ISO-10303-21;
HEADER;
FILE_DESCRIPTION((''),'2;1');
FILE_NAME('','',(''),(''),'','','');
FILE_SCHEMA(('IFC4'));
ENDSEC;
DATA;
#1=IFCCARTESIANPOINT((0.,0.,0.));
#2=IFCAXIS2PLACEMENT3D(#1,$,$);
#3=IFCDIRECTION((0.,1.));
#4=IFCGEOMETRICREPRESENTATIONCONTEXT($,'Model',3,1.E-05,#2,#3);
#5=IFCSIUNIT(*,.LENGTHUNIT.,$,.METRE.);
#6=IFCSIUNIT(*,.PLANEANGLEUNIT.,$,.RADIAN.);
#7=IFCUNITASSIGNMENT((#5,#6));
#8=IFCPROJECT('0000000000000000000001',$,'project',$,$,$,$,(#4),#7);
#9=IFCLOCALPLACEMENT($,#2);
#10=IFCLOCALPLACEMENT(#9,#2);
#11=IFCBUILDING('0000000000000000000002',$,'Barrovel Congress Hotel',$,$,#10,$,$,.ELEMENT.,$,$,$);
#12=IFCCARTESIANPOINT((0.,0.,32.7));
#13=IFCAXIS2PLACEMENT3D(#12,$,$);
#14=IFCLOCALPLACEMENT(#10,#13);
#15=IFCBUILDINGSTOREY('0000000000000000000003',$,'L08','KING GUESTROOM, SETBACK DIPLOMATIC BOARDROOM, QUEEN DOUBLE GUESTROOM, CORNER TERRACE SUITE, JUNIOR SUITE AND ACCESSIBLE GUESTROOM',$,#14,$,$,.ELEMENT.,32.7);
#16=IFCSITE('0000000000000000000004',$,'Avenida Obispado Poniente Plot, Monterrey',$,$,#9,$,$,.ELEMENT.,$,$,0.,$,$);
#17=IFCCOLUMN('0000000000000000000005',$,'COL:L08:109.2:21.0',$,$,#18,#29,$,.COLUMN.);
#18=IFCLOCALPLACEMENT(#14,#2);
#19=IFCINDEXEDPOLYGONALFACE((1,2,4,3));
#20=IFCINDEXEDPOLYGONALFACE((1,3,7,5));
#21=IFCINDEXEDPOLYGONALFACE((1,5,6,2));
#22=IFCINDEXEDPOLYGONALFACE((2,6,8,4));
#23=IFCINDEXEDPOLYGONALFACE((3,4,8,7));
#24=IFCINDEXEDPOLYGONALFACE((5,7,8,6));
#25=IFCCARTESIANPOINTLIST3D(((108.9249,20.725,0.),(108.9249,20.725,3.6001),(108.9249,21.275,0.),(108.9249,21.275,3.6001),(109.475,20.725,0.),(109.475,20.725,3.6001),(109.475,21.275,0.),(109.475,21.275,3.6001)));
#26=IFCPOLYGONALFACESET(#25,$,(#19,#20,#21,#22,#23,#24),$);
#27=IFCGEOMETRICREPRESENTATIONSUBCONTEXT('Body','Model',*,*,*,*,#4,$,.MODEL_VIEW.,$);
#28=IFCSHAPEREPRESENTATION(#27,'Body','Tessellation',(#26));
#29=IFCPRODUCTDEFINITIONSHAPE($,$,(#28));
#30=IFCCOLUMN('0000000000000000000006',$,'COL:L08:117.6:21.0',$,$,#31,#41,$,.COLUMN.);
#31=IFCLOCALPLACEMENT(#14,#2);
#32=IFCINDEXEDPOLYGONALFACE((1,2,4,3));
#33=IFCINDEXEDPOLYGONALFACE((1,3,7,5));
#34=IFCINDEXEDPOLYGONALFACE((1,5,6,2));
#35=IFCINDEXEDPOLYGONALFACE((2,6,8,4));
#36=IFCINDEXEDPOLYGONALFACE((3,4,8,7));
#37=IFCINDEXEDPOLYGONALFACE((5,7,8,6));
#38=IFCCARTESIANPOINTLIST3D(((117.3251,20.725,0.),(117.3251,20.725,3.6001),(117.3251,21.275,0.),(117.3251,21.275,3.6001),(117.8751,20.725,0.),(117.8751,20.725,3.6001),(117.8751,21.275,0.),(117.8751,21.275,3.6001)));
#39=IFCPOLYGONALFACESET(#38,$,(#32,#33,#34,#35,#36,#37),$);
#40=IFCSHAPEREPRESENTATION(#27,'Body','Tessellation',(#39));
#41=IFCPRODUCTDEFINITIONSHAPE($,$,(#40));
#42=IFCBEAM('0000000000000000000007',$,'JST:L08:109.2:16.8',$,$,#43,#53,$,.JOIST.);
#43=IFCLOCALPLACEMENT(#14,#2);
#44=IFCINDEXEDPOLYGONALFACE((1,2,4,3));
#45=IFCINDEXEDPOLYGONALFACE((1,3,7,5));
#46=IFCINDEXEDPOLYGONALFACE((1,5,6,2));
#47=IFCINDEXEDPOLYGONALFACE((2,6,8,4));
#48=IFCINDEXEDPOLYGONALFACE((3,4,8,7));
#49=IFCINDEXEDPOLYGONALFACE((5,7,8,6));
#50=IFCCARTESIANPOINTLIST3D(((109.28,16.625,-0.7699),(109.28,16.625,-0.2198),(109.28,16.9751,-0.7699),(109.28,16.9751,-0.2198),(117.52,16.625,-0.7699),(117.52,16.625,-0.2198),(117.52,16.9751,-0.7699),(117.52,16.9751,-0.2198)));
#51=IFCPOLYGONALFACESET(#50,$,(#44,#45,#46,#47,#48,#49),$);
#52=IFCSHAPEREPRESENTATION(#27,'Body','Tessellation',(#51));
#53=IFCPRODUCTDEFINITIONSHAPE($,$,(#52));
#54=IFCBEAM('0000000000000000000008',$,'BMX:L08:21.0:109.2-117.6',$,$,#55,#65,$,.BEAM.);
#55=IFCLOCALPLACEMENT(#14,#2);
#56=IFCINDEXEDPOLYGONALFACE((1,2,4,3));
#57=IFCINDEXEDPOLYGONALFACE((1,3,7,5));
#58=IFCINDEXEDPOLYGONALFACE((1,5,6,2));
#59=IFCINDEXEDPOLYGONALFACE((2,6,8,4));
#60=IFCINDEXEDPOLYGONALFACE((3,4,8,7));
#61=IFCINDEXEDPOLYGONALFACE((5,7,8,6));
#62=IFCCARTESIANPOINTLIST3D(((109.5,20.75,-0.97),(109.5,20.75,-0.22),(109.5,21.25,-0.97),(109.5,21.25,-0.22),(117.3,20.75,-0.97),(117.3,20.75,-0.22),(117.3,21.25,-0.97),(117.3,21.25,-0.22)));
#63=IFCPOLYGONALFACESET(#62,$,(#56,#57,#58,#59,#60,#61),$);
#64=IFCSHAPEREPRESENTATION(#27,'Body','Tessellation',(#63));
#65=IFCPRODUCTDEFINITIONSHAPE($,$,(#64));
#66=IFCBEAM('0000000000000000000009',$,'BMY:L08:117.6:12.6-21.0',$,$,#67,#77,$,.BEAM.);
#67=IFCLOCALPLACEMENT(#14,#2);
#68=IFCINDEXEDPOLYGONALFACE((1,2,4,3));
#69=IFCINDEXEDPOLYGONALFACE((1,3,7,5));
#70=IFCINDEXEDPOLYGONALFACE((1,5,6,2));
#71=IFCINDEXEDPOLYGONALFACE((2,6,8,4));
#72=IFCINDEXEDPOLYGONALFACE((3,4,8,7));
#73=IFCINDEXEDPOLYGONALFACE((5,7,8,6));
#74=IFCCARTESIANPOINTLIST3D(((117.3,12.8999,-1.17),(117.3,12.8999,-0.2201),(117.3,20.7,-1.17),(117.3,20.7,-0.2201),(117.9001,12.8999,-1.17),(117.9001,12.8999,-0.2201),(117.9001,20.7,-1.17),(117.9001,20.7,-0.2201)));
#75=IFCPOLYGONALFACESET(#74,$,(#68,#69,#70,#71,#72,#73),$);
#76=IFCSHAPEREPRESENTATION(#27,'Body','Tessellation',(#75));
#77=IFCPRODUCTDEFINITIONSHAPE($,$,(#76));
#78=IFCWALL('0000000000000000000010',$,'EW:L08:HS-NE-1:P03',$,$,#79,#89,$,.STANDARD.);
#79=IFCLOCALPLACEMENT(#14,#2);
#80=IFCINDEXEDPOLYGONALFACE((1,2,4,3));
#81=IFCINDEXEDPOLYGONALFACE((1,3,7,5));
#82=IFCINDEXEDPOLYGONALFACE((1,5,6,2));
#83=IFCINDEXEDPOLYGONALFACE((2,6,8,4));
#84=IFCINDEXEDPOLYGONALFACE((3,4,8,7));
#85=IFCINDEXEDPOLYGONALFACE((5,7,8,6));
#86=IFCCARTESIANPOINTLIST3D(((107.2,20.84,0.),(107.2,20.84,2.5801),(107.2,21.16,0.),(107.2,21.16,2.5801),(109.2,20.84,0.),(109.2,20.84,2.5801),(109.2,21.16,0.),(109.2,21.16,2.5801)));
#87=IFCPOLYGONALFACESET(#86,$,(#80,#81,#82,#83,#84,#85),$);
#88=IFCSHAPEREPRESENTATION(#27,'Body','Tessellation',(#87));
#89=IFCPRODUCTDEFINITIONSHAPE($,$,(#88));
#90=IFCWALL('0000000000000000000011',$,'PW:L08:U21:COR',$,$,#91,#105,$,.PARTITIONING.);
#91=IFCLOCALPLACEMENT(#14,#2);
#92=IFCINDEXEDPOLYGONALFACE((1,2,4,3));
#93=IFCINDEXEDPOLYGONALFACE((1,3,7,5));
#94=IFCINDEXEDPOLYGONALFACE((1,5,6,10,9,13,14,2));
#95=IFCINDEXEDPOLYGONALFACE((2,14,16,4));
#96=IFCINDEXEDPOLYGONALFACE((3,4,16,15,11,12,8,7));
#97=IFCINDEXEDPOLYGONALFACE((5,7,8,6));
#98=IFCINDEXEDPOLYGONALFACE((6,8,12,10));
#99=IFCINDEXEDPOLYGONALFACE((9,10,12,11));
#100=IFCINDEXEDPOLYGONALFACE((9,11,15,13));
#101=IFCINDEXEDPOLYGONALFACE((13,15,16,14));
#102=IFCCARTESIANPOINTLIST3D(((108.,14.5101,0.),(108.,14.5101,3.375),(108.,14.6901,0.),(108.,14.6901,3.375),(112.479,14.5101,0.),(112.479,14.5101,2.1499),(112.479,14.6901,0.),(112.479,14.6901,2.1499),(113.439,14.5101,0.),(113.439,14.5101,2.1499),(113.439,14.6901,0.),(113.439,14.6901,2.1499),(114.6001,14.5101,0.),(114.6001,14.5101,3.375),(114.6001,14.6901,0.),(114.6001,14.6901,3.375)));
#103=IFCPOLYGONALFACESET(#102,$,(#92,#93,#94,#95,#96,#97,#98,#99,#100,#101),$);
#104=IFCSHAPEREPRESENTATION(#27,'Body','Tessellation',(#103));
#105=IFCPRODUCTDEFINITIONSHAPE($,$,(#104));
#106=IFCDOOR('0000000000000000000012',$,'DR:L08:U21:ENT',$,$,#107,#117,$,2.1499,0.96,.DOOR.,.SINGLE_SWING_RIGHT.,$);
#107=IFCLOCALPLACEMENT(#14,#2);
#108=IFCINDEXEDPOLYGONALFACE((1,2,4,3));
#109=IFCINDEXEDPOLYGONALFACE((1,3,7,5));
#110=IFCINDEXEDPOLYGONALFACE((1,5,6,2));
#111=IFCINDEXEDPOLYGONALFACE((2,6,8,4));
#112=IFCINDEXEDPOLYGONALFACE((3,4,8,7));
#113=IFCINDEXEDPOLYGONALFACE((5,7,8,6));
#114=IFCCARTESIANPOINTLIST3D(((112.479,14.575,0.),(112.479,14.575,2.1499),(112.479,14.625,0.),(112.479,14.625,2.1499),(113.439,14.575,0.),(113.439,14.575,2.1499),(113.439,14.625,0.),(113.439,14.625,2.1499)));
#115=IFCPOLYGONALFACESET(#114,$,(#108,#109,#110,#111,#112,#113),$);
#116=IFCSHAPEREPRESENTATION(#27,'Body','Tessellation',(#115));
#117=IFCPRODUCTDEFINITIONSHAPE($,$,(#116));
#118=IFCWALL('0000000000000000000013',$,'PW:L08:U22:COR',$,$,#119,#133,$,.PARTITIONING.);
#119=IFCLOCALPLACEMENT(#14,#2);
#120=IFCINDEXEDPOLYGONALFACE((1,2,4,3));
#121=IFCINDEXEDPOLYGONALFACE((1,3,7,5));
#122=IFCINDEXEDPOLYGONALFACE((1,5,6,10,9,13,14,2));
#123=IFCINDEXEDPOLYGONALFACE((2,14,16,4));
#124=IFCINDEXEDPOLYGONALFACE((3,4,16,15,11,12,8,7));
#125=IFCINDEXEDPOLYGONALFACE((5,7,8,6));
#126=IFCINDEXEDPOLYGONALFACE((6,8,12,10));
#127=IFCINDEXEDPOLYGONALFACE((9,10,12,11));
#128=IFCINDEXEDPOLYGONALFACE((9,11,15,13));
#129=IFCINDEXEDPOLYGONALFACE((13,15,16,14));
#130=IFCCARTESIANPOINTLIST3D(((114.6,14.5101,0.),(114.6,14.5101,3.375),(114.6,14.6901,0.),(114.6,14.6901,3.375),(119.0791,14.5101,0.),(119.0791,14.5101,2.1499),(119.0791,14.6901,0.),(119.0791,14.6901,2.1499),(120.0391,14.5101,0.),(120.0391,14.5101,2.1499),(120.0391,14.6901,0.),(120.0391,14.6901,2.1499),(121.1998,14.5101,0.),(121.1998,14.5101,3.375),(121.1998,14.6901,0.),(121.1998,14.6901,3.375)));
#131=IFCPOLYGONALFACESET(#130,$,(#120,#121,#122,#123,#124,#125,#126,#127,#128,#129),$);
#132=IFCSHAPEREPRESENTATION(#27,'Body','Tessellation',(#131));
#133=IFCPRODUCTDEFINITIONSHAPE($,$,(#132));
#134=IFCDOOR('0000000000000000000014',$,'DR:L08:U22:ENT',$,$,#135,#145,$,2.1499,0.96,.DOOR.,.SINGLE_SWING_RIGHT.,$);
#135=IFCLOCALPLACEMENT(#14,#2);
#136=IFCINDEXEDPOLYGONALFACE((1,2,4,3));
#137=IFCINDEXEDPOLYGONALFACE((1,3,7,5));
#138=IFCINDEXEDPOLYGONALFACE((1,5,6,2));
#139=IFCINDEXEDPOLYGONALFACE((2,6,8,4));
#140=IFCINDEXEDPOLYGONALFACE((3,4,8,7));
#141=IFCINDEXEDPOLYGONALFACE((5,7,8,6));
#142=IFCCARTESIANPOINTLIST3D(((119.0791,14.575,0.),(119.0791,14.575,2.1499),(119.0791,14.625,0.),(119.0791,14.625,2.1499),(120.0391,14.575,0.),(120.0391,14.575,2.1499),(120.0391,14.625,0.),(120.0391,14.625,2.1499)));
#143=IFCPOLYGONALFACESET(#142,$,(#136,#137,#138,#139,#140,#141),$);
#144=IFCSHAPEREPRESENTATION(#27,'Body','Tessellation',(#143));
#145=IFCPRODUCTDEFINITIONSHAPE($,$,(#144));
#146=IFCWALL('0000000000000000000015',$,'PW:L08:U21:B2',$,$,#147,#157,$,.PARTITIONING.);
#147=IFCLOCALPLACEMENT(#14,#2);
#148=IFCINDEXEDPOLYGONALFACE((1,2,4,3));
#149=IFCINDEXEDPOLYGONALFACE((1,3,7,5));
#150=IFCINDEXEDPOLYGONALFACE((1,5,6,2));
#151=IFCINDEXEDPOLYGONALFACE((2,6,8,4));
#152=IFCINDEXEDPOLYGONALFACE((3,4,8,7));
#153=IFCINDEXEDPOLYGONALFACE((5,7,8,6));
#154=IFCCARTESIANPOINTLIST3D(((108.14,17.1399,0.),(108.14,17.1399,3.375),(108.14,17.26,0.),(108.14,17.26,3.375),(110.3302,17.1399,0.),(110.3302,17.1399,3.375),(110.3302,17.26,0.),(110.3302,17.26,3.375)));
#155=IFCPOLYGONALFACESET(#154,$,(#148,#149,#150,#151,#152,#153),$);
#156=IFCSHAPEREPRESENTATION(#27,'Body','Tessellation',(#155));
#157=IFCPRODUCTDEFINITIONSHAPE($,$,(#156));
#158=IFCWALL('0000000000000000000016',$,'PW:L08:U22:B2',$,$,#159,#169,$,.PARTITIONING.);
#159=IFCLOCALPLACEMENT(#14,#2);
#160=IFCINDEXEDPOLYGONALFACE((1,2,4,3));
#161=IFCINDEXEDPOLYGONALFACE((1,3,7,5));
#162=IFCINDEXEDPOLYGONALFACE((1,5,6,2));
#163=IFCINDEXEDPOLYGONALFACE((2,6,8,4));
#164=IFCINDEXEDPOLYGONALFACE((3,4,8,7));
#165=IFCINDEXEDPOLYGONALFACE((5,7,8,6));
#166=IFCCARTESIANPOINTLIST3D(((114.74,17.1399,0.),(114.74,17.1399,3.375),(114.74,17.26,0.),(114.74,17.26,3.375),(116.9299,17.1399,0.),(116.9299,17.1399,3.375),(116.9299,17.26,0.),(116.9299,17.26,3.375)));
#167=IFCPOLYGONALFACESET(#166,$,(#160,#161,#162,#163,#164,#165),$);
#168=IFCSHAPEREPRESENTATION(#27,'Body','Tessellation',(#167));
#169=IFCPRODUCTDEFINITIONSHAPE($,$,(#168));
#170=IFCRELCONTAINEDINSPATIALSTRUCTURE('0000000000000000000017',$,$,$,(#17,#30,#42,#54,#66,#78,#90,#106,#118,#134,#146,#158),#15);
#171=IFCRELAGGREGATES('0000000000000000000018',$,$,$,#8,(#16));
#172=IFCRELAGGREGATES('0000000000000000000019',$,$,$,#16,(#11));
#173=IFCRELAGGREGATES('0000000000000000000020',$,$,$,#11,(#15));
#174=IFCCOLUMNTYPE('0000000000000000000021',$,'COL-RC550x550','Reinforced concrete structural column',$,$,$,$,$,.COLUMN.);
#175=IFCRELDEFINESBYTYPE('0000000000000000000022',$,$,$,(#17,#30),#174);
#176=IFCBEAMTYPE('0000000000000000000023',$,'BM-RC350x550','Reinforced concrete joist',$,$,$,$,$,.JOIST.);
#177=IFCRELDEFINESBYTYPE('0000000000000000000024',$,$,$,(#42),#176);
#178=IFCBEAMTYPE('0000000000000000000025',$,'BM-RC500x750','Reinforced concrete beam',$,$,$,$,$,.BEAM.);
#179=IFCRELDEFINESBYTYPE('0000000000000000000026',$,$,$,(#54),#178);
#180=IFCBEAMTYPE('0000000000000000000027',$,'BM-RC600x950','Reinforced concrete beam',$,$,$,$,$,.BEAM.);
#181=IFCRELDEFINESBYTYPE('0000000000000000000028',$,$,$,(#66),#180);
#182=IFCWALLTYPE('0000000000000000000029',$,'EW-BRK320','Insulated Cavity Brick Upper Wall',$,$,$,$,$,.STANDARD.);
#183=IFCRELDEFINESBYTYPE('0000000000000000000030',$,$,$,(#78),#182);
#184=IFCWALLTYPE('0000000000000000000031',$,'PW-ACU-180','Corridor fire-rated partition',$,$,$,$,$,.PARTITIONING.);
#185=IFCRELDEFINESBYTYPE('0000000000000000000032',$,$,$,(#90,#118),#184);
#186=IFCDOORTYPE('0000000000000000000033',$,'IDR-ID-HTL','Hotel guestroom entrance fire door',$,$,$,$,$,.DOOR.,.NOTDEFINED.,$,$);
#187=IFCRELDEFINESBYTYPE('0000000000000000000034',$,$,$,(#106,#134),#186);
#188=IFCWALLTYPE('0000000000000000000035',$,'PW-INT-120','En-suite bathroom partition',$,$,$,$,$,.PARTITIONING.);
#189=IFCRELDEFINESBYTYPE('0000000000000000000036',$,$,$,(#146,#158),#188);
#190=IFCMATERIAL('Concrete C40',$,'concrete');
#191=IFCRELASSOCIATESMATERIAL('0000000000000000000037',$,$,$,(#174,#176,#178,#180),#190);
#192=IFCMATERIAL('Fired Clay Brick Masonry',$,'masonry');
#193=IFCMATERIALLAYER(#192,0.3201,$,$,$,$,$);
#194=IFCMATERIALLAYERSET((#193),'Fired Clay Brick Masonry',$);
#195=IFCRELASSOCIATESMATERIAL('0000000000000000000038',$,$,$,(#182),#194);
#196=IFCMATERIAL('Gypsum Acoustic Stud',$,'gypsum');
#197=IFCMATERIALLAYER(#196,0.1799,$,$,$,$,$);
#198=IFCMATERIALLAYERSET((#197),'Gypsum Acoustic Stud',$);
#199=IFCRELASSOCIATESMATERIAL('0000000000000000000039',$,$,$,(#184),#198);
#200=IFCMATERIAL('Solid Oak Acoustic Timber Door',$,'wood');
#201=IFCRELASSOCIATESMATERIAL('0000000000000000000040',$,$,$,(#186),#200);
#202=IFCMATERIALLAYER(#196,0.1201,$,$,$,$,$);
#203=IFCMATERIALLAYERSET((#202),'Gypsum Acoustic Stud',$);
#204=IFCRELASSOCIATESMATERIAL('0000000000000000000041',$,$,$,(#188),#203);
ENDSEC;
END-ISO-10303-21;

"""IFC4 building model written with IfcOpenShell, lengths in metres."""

from ifc_helpers import new_model, si_unit, direction, frame, frame_2d, origin, origin_2d, place, context, subcontext, project, spatial, rectangle, extrude, material, layer, layer_set, material_profile, profile_set, type_object, element, fill, save


model = new_model("IFC4")

# Units and contexts
model_context = context("Model", 3, precision=1e-05, world=origin(), true_north=direction((0.0, 1.0)))
body_context = subcontext(model_context, "Body", "Model", "MODEL_VIEW")
ifc_project = project(units=[si_unit("LENGTHUNIT", "METRE"), si_unit("PLANEANGLEUNIT", "RADIAN")], contexts=[model_context])

# Site, building, storey
site_placement = place(None, origin())
site = spatial("IfcSite", under=ifc_project, at=site_placement, Name="Avenida Obispado Poniente Plot, Monterrey", CompositionType="ELEMENT", RefElevation=0.0)
building_placement = place(site_placement, origin())
building = spatial("IfcBuilding", under=site, at=building_placement, Name="Barrovel Congress Hotel", CompositionType="ELEMENT")
storey_placement = place(building_placement, frame((0.0, 0.0, 32.7)))
storey = spatial("IfcBuildingStorey", under=building, at=storey_placement, Name="L08", Description="KING GUESTROOM, SETBACK DIPLOMATIC BOARDROOM, QUEEN DOUBLE GUESTROOM, CORNER TERRACE SUITE, JUNIOR SUITE AND ACCESSIBLE GUESTROOM", CompositionType="ELEMENT", Elevation=32.7)

# Columns
ifc_material_1 = material(Name="Concrete C40", Category="concrete")
ifc_material_profile_1 = material_profile(ifc_material_1, rectangle(XDim=0.55, YDim=0.55, at=origin_2d()), Name="RC550x550")
ifc_profile_set_1 = profile_set([ifc_material_profile_1], Name="Concrete C40")
column_type = type_object("IfcColumnType", Name="COL-RC550x550", Description="Reinforced concrete structural column", PredefinedType="COLUMN", material=ifc_profile_set_1)
for number, where, z_axis, x_axis, name in (
    (1, (109.2, 21.0, 0.0), (0.0, 0.0, 1.0), (1.0, 0.0, 0.0), "COL:L08:109.2:21.0"),
    (2, (117.6001, 21.0, 0.0), (0.0, 0.0, 1.0), (1.0, 0.0, 0.0), "COL:L08:117.6:21.0"),
):
    element("IfcColumn", number, at=place(storey_placement, frame(where, z_axis=z_axis, x_axis=x_axis)), inside=storey, type_object=column_type, Name=name, PredefinedType="COLUMN", context=body_context, shape_type="SweptSolid", body=[
        extrude(rectangle(XDim=0.55, YDim=0.55, at=origin_2d()), origin(), (0.0, 0.0, 1.0), 3.6001),
    ])

# Beams
ifc_material_profile_2 = material_profile(ifc_material_1, rectangle(XDim=0.3501, YDim=0.55, at=origin_2d()), Name="RC350x550")
ifc_profile_set_2 = profile_set([ifc_material_profile_2], Name="Concrete C40")
beam_type_1 = type_object("IfcBeamType", Name="BM-RC350x550", Description="Reinforced concrete joist", PredefinedType="JOIST", material=ifc_profile_set_2)
beam_1_placement = place(storey_placement, frame((109.28, 16.8, -0.4949), z_axis=(1.0, 0.0, 0.0), x_axis=(0.0, 1.0, 0.0)))
element("IfcBeam", 3, at=beam_1_placement, inside=storey, type_object=beam_type_1, Name="JST:L08:109.2:16.8", PredefinedType="JOIST", context=body_context, shape_type="SweptSolid", body=[
    extrude(rectangle(XDim=0.3501, YDim=0.55, at=origin_2d()), origin(), (0.0, 0.0, 1.0), 8.24),
])
ifc_material_profile_3 = material_profile(ifc_material_1, rectangle(XDim=0.5, YDim=0.75, at=origin_2d()), Name="RC500x750")
ifc_profile_set_3 = profile_set([ifc_material_profile_3], Name="Concrete C40")
beam_type_2 = type_object("IfcBeamType", Name="BM-RC500x750", Description="Reinforced concrete beam", PredefinedType="BEAM", material=ifc_profile_set_3)
beam_2_placement = place(storey_placement, frame((109.5, 21.0, -0.595), z_axis=(1.0, 0.0, 0.0), x_axis=(0.0, 1.0, 0.0)))
element("IfcBeam", 4, at=beam_2_placement, inside=storey, type_object=beam_type_2, Name="BMX:L08:21.0:109.2-117.6", PredefinedType="BEAM", context=body_context, shape_type="SweptSolid", body=[
    extrude(rectangle(XDim=0.5, YDim=0.75, at=origin_2d()), origin(), (0.0, 0.0, 1.0), 7.8),
])
ifc_material_profile_4 = material_profile(ifc_material_1, rectangle(XDim=0.6001, YDim=0.95, at=origin_2d()), Name="RC600x950")
ifc_profile_set_4 = profile_set([ifc_material_profile_4], Name="Concrete C40")
beam_type_3 = type_object("IfcBeamType", Name="BM-RC600x950", Description="Reinforced concrete beam", PredefinedType="BEAM", material=ifc_profile_set_4)
beam_3_placement = place(storey_placement, frame((117.6001, 12.8999, -0.6951), z_axis=(0.0, 1.0, 0.0), x_axis=(-1.0, 0.0, 0.0)))
element("IfcBeam", 5, at=beam_3_placement, inside=storey, type_object=beam_type_3, Name="BMY:L08:117.6:12.6-21.0", PredefinedType="BEAM", context=body_context, shape_type="SweptSolid", body=[
    extrude(rectangle(XDim=0.6001, YDim=0.95, at=origin_2d()), origin(), (0.0, 0.0, 1.0), 7.8),
])

# Wall
ifc_material_2 = material(Name="Fired Clay Brick Masonry", Category="masonry")
ifc_layer_1 = layer(ifc_material_2, 0.3201)
ifc_layer_set_1 = layer_set([ifc_layer_1], Name="Fired Clay Brick Masonry")
wall_type_1 = type_object("IfcWallType", Name="EW-BRK320", Description="Insulated Cavity Brick Upper Wall", PredefinedType="STANDARD", material=ifc_layer_set_1)
wall_1_placement = place(storey_placement, frame((109.2, 21.0, 0.0), z_axis=(0.0, 0.0, 1.0), x_axis=(-1.0, 0.0, 0.0)))
element("IfcWall", 6, at=wall_1_placement, inside=storey, type_object=wall_type_1, Name="EW:L08:HS-NE-1:P03", PredefinedType="STANDARD", context=body_context, shape_type="SweptSolid", body=[
    extrude(rectangle(XDim=2.0, YDim=0.3201, at=frame_2d((1.0, 0.0))), origin(), (0.0, 0.0, 1.0), 2.5801),
])

# Walls, openings, doors
ifc_material_3 = material(Name="Gypsum Acoustic Stud", Category="gypsum")
ifc_layer_2 = layer(ifc_material_3, 0.1799)
ifc_layer_set_2 = layer_set([ifc_layer_2], Name="Gypsum Acoustic Stud")
wall_type_2 = type_object("IfcWallType", Name="PW-ACU-180", Description="Corridor fire-rated partition", PredefinedType="PARTITIONING", material=ifc_layer_set_2)
wall_2_placement = place(storey_placement, frame((108.0, 14.6001, 0.0), z_axis=(0.0, 0.0, 1.0), x_axis=(1.0, 0.0, 0.0)))
wall_2 = element("IfcWall", 7, at=wall_2_placement, inside=storey, type_object=wall_type_2, Name="PW:L08:U21:COR", PredefinedType="PARTITIONING", context=body_context, shape_type="SweptSolid", body=[
    extrude(rectangle(XDim=6.6001, YDim=0.1799, at=frame_2d((3.3, 0.0))), origin(), (0.0, 0.0, 1.0), 3.375),
])
opening_1_placement = place(wall_2_placement, frame((4.479, 0.0, 0.0)))
opening_1 = element("IfcOpeningElement", 8, at=opening_1_placement, cuts=wall_2, PredefinedType="OPENING", context=body_context, shape_type="SweptSolid", body=[
    extrude(rectangle(XDim=0.96, YDim=2.1499, at=frame_2d((0.48, 1.075))), frame((0.0, 0.1001, 0.0), z_axis=(0.0, -1.0, 0.0), x_axis=(1.0, 0.0, 0.0)), (0.0, 0.0, 1.0), 0.2),
])
ifc_material_4 = material(Name="Solid Oak Acoustic Timber Door", Category="wood")
door_type_1 = type_object("IfcDoorType", Name="IDR-ID-HTL", Description="Hotel guestroom entrance fire door", OperationType="NOTDEFINED", PredefinedType="DOOR", material=ifc_material_4)
door_1_placement = place(opening_1_placement, origin())
door_1 = element("IfcDoor", 9, at=door_1_placement, inside=storey, type_object=door_type_1, Name="DR:L08:U21:ENT", OperationType="SINGLE_SWING_RIGHT", OverallHeight=2.1499, OverallWidth=0.96, PredefinedType="DOOR", context=body_context, shape_type="SweptSolid", body=[
    extrude(rectangle(XDim=0.96, YDim=2.1499, at=frame_2d((0.48, 1.075))), frame((0.0, 0.0249, 0.0), z_axis=(0.0, -1.0, 0.0), x_axis=(1.0, 0.0, 0.0)), (0.0, 0.0, 1.0), 0.05),
])
fill(opening_1, door_1)
wall_3_placement = place(storey_placement, frame((114.6001, 14.6001, 0.0), z_axis=(0.0, 0.0, 1.0), x_axis=(1.0, 0.0, 0.0)))
wall_3 = element("IfcWall", 10, at=wall_3_placement, inside=storey, type_object=wall_type_2, Name="PW:L08:U22:COR", PredefinedType="PARTITIONING", context=body_context, shape_type="SweptSolid", body=[
    extrude(rectangle(XDim=6.5999, YDim=0.1799, at=frame_2d((3.2998, 0.0))), origin(), (0.0, 0.0, 1.0), 3.375),
])
opening_2_placement = place(wall_3_placement, frame((4.479, 0.0, 0.0)))
opening_2 = element("IfcOpeningElement", 11, at=opening_2_placement, cuts=wall_3, PredefinedType="OPENING", context=body_context, shape_type="SweptSolid", body=[
    extrude(rectangle(XDim=0.96, YDim=2.1499, at=frame_2d((0.48, 1.075))), frame((0.0, 0.1001, 0.0), z_axis=(0.0, -1.0, 0.0), x_axis=(1.0, 0.0, 0.0)), (0.0, 0.0, 1.0), 0.2),
])
door_2_placement = place(opening_2_placement, origin())
door_2 = element("IfcDoor", 12, at=door_2_placement, inside=storey, type_object=door_type_1, Name="DR:L08:U22:ENT", OperationType="SINGLE_SWING_RIGHT", OverallHeight=2.1499, OverallWidth=0.96, PredefinedType="DOOR", context=body_context, shape_type="SweptSolid", body=[
    extrude(rectangle(XDim=0.96, YDim=2.1499, at=frame_2d((0.48, 1.075))), frame((0.0, 0.0249, 0.0), z_axis=(0.0, -1.0, 0.0), x_axis=(1.0, 0.0, 0.0)), (0.0, 0.0, 1.0), 0.05),
])
fill(opening_2, door_2)

# Walls
ifc_layer_3 = layer(ifc_material_3, 0.1201)
ifc_layer_set_3 = layer_set([ifc_layer_3], Name="Gypsum Acoustic Stud")
wall_type_3 = type_object("IfcWallType", Name="PW-INT-120", Description="En-suite bathroom partition", PredefinedType="PARTITIONING", material=ifc_layer_set_3)
wall_4_placement = place(storey_placement, frame((108.1399, 17.2, 0.0), z_axis=(0.0, 0.0, 1.0), x_axis=(1.0, 0.0, 0.0)))
element("IfcWall", 13, at=wall_4_placement, inside=storey, type_object=wall_type_3, Name="PW:L08:U21:B2", PredefinedType="PARTITIONING", context=body_context, shape_type="SweptSolid", body=[
    extrude(rectangle(XDim=2.1902, YDim=0.1201, at=frame_2d((1.0952, 0.0))), origin(), (0.0, 0.0, 1.0), 3.375),
])
wall_5_placement = place(storey_placement, frame((114.74, 17.2, 0.0), z_axis=(0.0, 0.0, 1.0), x_axis=(1.0, 0.0, 0.0)))
element("IfcWall", 14, at=wall_5_placement, inside=storey, type_object=wall_type_3, Name="PW:L08:U22:B2", PredefinedType="PARTITIONING", context=body_context, shape_type="SweptSolid", body=[
    extrude(rectangle(XDim=2.1899, YDim=0.1201, at=frame_2d((1.095, 0.0))), origin(), (0.0, 0.0, 1.0), 3.375),
])

save(model, "model.ifc")
